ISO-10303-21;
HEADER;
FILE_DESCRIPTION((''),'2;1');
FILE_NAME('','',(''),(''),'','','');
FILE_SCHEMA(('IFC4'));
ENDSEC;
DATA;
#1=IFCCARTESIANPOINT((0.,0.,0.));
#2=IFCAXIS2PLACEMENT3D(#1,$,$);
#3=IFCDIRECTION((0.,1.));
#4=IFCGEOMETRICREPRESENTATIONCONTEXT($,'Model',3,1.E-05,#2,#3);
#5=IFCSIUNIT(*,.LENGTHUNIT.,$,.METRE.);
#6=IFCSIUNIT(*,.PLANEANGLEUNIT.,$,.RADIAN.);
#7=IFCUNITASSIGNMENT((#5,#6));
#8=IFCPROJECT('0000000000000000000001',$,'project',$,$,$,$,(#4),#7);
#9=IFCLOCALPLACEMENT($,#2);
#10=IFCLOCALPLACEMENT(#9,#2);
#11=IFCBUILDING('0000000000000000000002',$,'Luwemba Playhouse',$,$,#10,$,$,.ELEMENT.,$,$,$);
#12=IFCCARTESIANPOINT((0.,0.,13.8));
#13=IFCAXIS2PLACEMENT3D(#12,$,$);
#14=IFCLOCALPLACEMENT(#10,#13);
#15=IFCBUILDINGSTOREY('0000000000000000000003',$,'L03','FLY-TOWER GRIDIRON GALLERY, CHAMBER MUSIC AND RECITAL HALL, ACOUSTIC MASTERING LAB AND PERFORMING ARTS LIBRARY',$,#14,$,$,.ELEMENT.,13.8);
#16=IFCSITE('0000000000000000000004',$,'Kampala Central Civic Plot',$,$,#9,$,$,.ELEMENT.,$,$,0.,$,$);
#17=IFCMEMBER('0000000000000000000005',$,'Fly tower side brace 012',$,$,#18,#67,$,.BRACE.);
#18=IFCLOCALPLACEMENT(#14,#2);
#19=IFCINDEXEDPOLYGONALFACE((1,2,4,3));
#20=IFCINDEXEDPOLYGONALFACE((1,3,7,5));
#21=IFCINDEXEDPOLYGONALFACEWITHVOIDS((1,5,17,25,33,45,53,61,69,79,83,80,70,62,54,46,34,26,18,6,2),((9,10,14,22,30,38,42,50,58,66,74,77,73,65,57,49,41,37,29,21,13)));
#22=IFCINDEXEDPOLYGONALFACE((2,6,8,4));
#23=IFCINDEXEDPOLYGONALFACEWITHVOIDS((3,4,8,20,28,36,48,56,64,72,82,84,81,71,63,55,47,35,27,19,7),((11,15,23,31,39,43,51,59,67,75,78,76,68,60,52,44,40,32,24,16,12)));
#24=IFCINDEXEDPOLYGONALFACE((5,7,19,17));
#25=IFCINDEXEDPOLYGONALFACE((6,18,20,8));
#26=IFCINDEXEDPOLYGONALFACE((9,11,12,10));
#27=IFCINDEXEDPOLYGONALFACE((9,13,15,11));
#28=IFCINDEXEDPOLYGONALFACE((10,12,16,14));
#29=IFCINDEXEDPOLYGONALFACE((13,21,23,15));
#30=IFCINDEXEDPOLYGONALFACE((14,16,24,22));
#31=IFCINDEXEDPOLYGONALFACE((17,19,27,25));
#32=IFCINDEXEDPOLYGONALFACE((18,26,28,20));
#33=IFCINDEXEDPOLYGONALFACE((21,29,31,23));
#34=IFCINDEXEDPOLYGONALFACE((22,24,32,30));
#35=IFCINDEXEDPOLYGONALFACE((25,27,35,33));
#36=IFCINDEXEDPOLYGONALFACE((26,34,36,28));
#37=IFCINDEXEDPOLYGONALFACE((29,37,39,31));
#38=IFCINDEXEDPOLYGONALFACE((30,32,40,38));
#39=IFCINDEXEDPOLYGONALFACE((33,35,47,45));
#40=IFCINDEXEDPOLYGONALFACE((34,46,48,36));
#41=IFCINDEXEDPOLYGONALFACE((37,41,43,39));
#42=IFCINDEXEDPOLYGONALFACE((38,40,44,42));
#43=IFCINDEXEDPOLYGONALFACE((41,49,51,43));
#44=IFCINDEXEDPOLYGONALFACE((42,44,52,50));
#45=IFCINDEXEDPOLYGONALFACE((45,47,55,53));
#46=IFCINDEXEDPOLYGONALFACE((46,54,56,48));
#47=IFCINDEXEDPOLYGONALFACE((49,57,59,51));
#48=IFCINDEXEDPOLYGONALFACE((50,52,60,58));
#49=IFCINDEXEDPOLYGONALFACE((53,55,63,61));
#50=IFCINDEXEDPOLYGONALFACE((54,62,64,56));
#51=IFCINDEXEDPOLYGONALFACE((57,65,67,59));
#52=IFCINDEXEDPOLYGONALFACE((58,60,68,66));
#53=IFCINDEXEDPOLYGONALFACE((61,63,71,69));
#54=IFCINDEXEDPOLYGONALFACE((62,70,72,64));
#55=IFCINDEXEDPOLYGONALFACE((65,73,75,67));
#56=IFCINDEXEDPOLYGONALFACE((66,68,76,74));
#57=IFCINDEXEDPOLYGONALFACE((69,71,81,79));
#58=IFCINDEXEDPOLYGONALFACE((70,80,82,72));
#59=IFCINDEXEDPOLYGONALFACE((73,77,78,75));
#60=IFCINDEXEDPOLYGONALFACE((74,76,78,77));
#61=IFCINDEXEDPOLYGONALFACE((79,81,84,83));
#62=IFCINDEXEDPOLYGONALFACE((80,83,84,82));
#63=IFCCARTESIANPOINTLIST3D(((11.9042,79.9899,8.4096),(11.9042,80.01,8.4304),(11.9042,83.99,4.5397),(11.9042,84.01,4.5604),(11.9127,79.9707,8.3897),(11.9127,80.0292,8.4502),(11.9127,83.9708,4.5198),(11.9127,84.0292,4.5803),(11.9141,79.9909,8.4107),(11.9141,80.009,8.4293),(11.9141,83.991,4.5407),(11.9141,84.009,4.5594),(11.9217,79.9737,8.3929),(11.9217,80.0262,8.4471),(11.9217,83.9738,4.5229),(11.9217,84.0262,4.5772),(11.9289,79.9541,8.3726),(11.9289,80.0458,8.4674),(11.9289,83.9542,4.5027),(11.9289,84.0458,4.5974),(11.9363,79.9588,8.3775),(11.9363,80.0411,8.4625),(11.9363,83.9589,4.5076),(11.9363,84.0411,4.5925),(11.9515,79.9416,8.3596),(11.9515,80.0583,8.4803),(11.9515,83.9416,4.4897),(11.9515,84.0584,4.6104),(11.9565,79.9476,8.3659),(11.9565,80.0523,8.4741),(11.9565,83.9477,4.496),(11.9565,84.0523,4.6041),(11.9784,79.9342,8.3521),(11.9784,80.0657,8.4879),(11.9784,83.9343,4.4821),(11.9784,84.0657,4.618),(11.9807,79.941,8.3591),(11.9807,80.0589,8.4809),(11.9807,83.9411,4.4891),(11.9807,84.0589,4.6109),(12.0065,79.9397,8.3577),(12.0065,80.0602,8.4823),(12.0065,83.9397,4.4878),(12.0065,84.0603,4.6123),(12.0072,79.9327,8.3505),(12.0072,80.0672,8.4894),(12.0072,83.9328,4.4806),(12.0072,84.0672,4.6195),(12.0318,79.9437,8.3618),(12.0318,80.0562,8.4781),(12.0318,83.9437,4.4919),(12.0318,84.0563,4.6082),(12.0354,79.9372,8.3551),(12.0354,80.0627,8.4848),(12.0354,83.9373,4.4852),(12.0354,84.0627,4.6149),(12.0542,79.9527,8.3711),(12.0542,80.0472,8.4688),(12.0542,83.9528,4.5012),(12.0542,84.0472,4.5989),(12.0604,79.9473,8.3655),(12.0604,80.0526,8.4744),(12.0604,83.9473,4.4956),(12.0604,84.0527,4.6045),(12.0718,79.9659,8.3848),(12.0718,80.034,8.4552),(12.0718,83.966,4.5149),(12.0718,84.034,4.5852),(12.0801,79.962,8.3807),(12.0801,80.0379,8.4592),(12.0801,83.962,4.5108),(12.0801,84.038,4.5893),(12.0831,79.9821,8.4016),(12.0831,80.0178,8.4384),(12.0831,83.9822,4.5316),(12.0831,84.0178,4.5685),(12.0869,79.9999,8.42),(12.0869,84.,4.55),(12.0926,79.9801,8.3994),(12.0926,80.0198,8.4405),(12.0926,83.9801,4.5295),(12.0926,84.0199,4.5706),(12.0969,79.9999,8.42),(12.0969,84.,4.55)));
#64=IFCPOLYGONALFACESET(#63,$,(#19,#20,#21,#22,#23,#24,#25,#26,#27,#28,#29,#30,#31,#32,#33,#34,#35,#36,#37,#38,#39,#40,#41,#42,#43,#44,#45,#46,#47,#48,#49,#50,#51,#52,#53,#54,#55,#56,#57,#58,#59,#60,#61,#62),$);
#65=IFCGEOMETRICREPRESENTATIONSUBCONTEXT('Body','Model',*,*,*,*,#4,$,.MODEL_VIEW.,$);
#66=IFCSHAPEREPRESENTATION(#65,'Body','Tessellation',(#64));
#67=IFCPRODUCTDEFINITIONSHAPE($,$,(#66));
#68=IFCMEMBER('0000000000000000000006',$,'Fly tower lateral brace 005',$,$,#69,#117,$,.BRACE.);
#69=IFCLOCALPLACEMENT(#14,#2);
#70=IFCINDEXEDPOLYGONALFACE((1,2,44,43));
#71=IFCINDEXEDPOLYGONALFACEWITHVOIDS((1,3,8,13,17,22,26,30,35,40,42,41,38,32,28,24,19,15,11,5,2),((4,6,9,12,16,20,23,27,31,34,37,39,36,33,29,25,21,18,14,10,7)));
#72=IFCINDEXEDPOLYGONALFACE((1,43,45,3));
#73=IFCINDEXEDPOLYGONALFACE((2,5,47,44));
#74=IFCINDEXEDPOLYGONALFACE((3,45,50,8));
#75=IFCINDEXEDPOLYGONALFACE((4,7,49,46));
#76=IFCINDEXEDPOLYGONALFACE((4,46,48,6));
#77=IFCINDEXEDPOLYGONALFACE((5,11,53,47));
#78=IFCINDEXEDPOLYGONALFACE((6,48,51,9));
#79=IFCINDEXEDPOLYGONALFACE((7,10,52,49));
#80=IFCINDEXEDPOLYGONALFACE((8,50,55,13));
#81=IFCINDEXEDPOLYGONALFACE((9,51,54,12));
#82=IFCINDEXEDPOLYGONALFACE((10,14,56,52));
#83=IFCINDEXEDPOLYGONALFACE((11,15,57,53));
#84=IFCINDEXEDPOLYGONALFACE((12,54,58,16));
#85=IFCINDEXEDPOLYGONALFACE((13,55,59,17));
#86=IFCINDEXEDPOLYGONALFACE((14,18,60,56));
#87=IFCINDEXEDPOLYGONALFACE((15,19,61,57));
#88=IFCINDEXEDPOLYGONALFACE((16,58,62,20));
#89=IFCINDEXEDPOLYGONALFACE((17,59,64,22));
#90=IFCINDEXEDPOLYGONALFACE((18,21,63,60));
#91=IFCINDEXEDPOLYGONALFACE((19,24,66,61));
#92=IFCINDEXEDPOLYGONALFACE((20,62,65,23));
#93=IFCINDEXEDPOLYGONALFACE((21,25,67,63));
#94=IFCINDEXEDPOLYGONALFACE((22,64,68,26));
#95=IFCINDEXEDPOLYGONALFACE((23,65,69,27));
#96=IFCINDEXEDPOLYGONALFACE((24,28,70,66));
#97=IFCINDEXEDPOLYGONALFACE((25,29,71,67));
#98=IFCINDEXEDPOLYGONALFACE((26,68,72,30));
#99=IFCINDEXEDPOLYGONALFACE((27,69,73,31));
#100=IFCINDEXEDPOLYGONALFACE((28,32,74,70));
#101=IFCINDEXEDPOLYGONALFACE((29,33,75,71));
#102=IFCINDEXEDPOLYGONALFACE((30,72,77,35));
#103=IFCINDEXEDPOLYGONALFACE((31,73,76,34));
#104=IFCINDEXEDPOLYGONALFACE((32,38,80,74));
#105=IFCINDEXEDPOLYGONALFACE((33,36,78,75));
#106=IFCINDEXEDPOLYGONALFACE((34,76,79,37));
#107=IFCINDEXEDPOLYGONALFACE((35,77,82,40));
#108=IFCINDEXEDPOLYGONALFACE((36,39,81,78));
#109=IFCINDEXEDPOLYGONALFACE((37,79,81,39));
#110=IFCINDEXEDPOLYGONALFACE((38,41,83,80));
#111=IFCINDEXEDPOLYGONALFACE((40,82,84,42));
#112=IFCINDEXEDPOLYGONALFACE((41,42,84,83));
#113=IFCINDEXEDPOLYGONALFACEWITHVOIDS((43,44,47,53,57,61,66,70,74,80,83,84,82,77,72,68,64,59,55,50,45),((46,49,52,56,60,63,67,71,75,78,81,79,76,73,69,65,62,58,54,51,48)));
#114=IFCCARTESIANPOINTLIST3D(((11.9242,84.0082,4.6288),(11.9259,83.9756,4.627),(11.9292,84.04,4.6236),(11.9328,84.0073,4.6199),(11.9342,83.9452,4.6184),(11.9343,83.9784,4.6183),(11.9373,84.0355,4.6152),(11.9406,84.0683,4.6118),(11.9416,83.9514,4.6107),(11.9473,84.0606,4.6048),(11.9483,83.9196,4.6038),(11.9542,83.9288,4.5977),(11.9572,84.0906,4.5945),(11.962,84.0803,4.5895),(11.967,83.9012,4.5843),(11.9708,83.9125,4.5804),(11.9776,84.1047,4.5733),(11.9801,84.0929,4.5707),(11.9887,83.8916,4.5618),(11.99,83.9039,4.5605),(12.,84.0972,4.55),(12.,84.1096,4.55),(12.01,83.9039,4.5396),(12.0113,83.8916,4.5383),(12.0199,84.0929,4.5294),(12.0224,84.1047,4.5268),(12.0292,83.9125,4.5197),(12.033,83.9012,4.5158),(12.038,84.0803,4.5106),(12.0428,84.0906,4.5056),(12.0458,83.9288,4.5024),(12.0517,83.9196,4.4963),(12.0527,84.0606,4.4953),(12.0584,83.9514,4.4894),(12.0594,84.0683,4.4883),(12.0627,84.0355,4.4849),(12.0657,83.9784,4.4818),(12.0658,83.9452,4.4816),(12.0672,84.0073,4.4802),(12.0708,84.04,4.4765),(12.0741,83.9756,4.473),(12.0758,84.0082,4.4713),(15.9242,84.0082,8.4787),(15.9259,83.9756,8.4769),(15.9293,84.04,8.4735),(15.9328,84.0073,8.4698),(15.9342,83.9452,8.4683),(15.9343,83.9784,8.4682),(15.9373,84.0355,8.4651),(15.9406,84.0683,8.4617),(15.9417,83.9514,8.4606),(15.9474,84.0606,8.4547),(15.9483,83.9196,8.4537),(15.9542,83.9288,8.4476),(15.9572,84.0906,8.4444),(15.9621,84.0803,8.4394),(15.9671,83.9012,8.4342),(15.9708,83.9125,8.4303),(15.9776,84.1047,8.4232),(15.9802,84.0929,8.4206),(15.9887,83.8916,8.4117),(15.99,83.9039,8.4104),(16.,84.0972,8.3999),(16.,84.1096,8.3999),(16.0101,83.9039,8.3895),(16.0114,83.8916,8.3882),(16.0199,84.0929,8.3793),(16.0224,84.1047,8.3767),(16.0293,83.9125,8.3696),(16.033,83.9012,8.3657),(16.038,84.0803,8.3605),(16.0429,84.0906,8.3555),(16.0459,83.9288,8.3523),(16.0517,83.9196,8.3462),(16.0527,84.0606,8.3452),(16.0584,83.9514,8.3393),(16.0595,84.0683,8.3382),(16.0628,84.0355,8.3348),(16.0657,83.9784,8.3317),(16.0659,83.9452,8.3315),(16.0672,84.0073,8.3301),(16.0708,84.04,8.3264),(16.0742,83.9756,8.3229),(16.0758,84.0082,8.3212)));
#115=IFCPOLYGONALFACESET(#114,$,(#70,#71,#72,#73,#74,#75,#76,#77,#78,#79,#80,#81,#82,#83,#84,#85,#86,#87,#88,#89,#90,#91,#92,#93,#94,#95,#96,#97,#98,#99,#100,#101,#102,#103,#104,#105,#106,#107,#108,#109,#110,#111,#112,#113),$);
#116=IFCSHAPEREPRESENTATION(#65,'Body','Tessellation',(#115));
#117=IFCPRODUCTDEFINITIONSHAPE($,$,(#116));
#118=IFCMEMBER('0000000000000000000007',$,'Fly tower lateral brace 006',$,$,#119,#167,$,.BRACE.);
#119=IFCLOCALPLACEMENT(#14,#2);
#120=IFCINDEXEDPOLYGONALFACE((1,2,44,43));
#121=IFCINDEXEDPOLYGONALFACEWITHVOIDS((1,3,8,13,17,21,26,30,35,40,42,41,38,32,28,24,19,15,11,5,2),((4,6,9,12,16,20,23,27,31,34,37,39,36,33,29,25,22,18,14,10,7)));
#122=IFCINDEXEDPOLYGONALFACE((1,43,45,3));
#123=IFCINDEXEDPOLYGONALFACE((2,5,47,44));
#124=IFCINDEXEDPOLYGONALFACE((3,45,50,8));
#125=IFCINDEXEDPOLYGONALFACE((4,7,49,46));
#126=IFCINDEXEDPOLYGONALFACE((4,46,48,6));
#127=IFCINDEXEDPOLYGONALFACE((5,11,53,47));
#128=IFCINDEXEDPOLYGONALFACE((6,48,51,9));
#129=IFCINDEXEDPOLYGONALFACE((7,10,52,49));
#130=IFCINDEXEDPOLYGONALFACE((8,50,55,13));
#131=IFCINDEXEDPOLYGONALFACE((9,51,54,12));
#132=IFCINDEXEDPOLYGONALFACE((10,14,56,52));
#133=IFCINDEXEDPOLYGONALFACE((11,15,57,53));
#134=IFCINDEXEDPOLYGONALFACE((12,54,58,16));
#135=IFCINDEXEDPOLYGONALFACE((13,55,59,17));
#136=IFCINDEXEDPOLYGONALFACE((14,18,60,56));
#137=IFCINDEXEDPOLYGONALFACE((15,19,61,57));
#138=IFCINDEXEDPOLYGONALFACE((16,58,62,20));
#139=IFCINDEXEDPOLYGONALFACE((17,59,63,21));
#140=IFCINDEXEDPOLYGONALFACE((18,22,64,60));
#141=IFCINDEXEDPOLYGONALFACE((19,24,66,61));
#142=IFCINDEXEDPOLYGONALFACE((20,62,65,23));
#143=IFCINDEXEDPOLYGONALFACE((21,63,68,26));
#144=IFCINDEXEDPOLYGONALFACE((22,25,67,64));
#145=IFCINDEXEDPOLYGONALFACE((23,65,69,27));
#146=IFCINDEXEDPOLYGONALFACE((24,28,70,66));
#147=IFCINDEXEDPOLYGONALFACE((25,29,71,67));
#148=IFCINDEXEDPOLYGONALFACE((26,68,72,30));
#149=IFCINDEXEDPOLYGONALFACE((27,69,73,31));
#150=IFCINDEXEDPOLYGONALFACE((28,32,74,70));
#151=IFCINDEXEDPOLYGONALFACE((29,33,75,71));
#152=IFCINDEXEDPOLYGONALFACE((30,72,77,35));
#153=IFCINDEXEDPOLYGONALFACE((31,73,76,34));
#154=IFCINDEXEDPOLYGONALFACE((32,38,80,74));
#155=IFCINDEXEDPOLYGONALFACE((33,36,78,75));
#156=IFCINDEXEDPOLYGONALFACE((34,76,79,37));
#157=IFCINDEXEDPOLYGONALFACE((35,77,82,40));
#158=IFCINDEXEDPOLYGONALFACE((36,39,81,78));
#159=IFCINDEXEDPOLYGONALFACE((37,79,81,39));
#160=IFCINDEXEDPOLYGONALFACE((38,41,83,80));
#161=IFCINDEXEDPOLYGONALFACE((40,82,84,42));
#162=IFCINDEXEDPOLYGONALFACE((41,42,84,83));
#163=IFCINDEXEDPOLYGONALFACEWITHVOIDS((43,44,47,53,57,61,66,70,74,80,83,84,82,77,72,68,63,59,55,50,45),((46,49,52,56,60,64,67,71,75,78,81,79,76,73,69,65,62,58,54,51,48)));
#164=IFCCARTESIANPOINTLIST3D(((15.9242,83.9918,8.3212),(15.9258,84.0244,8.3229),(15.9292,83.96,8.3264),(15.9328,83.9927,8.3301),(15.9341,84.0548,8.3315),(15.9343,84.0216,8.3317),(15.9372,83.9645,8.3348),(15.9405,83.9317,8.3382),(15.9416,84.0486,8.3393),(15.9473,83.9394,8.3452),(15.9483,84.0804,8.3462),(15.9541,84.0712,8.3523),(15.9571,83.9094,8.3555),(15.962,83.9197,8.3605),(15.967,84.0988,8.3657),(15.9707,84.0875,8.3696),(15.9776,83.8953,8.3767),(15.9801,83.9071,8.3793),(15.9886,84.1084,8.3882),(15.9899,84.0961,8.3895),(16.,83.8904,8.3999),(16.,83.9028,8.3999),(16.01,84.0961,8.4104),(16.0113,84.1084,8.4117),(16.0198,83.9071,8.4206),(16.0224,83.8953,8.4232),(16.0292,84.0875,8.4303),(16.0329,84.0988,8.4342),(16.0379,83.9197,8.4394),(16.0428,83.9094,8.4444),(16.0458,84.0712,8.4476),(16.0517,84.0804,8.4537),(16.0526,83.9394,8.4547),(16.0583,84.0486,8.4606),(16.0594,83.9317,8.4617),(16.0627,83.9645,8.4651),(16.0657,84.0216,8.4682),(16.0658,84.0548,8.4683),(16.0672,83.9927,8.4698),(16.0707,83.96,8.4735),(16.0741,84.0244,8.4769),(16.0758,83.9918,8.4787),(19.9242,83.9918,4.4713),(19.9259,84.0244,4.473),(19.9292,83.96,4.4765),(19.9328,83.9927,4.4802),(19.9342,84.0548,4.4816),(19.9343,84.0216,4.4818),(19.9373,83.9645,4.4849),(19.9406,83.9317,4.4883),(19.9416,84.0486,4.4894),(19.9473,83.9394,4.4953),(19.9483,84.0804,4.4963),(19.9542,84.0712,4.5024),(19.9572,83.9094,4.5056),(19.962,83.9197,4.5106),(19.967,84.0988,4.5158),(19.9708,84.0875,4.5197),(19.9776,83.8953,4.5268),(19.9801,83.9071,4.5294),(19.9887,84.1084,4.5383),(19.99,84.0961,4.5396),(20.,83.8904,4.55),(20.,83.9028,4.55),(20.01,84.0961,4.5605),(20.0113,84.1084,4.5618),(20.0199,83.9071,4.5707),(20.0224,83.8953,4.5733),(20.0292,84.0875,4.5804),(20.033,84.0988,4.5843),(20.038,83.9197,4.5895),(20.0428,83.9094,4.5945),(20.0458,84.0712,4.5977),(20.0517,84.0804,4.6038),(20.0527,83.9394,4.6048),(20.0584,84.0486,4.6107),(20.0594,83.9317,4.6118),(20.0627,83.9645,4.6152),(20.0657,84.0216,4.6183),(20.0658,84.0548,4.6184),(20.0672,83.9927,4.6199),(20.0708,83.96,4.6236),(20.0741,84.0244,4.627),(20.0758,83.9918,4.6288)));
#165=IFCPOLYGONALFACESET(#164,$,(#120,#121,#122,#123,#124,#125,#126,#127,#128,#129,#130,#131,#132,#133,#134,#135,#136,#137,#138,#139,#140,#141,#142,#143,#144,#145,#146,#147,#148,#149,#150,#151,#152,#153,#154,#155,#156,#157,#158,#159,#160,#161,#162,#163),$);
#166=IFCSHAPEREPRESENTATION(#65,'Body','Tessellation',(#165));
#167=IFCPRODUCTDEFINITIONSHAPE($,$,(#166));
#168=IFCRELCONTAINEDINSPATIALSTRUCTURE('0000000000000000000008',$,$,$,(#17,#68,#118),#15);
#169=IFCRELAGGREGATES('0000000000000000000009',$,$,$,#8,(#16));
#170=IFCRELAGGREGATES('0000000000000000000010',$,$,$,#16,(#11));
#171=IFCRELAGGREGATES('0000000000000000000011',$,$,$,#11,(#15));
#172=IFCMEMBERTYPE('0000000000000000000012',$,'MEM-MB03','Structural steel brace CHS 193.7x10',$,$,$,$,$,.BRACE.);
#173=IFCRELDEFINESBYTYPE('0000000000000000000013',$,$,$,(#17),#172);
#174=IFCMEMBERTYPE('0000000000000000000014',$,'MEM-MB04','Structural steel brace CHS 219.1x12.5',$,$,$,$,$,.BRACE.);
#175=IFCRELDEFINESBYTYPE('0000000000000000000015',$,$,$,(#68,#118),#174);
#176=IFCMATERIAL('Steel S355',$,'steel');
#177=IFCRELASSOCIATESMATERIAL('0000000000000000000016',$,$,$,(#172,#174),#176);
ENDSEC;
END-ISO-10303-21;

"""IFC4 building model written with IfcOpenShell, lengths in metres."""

from ifc_helpers import new_model, si_unit, direction, frame, origin, origin_2d, place, context, subcontext, project, spatial, hollow_circle, extrude, material, material_profile, profile_set, type_object, element, save


model = new_model("IFC4")

# Units and contexts
model_context = context("Model", 3, precision=1e-05, world=origin(), true_north=direction((0.0, 1.0)))
body_context = subcontext(model_context, "Body", "Model", "MODEL_VIEW")
ifc_project = project(units=[si_unit("LENGTHUNIT", "METRE"), si_unit("PLANEANGLEUNIT", "RADIAN")], contexts=[model_context])

# Site, building, storey
site_placement = place(None, origin())
site = spatial("IfcSite", under=ifc_project, at=site_placement, Name="Kampala Central Civic Plot", CompositionType="ELEMENT", RefElevation=0.0)
building_placement = place(site_placement, origin())
building = spatial("IfcBuilding", under=site, at=building_placement, Name="Luwemba Playhouse", CompositionType="ELEMENT")
storey_placement = place(building_placement, frame((0.0, 0.0, 13.8)))
storey = spatial("IfcBuildingStorey", under=building, at=storey_placement, Name="L03", Description="FLY-TOWER GRIDIRON GALLERY, CHAMBER MUSIC AND RECITAL HALL, ACOUSTIC MASTERING LAB AND PERFORMING ARTS LIBRARY", CompositionType="ELEMENT", Elevation=13.8)

# Shared definitions
ifc_material_1 = material(Name="Steel S355", Category="steel")

# Members
ifc_material_profile_1 = material_profile(ifc_material_1, hollow_circle(Radius=0.0969, WallThickness=0.01, at=origin_2d()))
ifc_profile_set_1 = profile_set([ifc_material_profile_1], Name="Steel S355")
member_type_1 = type_object("IfcMemberType", Name="MEM-MB03", Description="Structural steel brace CHS 193.7x10", PredefinedType="BRACE", material=ifc_profile_set_1)
member_1_placement = place(storey_placement, frame((12.0, 84.0, 4.55), z_axis=(0.0, -0.7187, 0.69532), x_axis=(1.0, 0.0, 0.0)))
element("IfcMember", 1, at=member_1_placement, inside=storey, type_object=member_type_1, Name="Fly tower side brace 012", PredefinedType="BRACE", context=body_context, shape_type="SweptSolid", body=[
    extrude(hollow_circle(Radius=0.0969, WallThickness=0.01, at=origin_2d()), origin(), (0.0, 0.0, 1.0), 5.5657),
])
ifc_material_profile_2 = material_profile(ifc_material_1, hollow_circle(Radius=0.1096, WallThickness=0.0125, at=origin_2d()))
ifc_profile_set_2 = profile_set([ifc_material_profile_2], Name="Steel S355")
member_type_2 = type_object("IfcMemberType", Name="MEM-MB04", Description="Structural steel brace CHS 219.1x12.5", PredefinedType="BRACE", material=ifc_profile_set_2)
for number, where, z_axis, x_axis, name in (
    (2, (12.0, 84.0, 4.55), (0.7205, 0.0, 0.693455), (0.0, 1.0, 0.0), "Fly tower lateral brace 005"),
    (3, (20.0, 84.0, 4.55), (-0.7205, 0.0, 0.693455), (0.0, -1.0, 0.0), "Fly tower lateral brace 006"),
):
    element("IfcMember", number, at=place(storey_placement, frame(where, z_axis=z_axis, x_axis=x_axis)), inside=storey, type_object=member_type_2, Name=name, PredefinedType="BRACE", context=body_context, shape_type="SweptSolid", body=[
        extrude(hollow_circle(Radius=0.1096, WallThickness=0.0125, at=origin_2d()), origin(), (0.0, 0.0, 1.0), 5.5518),
    ])

save(model, "model.ifc")
